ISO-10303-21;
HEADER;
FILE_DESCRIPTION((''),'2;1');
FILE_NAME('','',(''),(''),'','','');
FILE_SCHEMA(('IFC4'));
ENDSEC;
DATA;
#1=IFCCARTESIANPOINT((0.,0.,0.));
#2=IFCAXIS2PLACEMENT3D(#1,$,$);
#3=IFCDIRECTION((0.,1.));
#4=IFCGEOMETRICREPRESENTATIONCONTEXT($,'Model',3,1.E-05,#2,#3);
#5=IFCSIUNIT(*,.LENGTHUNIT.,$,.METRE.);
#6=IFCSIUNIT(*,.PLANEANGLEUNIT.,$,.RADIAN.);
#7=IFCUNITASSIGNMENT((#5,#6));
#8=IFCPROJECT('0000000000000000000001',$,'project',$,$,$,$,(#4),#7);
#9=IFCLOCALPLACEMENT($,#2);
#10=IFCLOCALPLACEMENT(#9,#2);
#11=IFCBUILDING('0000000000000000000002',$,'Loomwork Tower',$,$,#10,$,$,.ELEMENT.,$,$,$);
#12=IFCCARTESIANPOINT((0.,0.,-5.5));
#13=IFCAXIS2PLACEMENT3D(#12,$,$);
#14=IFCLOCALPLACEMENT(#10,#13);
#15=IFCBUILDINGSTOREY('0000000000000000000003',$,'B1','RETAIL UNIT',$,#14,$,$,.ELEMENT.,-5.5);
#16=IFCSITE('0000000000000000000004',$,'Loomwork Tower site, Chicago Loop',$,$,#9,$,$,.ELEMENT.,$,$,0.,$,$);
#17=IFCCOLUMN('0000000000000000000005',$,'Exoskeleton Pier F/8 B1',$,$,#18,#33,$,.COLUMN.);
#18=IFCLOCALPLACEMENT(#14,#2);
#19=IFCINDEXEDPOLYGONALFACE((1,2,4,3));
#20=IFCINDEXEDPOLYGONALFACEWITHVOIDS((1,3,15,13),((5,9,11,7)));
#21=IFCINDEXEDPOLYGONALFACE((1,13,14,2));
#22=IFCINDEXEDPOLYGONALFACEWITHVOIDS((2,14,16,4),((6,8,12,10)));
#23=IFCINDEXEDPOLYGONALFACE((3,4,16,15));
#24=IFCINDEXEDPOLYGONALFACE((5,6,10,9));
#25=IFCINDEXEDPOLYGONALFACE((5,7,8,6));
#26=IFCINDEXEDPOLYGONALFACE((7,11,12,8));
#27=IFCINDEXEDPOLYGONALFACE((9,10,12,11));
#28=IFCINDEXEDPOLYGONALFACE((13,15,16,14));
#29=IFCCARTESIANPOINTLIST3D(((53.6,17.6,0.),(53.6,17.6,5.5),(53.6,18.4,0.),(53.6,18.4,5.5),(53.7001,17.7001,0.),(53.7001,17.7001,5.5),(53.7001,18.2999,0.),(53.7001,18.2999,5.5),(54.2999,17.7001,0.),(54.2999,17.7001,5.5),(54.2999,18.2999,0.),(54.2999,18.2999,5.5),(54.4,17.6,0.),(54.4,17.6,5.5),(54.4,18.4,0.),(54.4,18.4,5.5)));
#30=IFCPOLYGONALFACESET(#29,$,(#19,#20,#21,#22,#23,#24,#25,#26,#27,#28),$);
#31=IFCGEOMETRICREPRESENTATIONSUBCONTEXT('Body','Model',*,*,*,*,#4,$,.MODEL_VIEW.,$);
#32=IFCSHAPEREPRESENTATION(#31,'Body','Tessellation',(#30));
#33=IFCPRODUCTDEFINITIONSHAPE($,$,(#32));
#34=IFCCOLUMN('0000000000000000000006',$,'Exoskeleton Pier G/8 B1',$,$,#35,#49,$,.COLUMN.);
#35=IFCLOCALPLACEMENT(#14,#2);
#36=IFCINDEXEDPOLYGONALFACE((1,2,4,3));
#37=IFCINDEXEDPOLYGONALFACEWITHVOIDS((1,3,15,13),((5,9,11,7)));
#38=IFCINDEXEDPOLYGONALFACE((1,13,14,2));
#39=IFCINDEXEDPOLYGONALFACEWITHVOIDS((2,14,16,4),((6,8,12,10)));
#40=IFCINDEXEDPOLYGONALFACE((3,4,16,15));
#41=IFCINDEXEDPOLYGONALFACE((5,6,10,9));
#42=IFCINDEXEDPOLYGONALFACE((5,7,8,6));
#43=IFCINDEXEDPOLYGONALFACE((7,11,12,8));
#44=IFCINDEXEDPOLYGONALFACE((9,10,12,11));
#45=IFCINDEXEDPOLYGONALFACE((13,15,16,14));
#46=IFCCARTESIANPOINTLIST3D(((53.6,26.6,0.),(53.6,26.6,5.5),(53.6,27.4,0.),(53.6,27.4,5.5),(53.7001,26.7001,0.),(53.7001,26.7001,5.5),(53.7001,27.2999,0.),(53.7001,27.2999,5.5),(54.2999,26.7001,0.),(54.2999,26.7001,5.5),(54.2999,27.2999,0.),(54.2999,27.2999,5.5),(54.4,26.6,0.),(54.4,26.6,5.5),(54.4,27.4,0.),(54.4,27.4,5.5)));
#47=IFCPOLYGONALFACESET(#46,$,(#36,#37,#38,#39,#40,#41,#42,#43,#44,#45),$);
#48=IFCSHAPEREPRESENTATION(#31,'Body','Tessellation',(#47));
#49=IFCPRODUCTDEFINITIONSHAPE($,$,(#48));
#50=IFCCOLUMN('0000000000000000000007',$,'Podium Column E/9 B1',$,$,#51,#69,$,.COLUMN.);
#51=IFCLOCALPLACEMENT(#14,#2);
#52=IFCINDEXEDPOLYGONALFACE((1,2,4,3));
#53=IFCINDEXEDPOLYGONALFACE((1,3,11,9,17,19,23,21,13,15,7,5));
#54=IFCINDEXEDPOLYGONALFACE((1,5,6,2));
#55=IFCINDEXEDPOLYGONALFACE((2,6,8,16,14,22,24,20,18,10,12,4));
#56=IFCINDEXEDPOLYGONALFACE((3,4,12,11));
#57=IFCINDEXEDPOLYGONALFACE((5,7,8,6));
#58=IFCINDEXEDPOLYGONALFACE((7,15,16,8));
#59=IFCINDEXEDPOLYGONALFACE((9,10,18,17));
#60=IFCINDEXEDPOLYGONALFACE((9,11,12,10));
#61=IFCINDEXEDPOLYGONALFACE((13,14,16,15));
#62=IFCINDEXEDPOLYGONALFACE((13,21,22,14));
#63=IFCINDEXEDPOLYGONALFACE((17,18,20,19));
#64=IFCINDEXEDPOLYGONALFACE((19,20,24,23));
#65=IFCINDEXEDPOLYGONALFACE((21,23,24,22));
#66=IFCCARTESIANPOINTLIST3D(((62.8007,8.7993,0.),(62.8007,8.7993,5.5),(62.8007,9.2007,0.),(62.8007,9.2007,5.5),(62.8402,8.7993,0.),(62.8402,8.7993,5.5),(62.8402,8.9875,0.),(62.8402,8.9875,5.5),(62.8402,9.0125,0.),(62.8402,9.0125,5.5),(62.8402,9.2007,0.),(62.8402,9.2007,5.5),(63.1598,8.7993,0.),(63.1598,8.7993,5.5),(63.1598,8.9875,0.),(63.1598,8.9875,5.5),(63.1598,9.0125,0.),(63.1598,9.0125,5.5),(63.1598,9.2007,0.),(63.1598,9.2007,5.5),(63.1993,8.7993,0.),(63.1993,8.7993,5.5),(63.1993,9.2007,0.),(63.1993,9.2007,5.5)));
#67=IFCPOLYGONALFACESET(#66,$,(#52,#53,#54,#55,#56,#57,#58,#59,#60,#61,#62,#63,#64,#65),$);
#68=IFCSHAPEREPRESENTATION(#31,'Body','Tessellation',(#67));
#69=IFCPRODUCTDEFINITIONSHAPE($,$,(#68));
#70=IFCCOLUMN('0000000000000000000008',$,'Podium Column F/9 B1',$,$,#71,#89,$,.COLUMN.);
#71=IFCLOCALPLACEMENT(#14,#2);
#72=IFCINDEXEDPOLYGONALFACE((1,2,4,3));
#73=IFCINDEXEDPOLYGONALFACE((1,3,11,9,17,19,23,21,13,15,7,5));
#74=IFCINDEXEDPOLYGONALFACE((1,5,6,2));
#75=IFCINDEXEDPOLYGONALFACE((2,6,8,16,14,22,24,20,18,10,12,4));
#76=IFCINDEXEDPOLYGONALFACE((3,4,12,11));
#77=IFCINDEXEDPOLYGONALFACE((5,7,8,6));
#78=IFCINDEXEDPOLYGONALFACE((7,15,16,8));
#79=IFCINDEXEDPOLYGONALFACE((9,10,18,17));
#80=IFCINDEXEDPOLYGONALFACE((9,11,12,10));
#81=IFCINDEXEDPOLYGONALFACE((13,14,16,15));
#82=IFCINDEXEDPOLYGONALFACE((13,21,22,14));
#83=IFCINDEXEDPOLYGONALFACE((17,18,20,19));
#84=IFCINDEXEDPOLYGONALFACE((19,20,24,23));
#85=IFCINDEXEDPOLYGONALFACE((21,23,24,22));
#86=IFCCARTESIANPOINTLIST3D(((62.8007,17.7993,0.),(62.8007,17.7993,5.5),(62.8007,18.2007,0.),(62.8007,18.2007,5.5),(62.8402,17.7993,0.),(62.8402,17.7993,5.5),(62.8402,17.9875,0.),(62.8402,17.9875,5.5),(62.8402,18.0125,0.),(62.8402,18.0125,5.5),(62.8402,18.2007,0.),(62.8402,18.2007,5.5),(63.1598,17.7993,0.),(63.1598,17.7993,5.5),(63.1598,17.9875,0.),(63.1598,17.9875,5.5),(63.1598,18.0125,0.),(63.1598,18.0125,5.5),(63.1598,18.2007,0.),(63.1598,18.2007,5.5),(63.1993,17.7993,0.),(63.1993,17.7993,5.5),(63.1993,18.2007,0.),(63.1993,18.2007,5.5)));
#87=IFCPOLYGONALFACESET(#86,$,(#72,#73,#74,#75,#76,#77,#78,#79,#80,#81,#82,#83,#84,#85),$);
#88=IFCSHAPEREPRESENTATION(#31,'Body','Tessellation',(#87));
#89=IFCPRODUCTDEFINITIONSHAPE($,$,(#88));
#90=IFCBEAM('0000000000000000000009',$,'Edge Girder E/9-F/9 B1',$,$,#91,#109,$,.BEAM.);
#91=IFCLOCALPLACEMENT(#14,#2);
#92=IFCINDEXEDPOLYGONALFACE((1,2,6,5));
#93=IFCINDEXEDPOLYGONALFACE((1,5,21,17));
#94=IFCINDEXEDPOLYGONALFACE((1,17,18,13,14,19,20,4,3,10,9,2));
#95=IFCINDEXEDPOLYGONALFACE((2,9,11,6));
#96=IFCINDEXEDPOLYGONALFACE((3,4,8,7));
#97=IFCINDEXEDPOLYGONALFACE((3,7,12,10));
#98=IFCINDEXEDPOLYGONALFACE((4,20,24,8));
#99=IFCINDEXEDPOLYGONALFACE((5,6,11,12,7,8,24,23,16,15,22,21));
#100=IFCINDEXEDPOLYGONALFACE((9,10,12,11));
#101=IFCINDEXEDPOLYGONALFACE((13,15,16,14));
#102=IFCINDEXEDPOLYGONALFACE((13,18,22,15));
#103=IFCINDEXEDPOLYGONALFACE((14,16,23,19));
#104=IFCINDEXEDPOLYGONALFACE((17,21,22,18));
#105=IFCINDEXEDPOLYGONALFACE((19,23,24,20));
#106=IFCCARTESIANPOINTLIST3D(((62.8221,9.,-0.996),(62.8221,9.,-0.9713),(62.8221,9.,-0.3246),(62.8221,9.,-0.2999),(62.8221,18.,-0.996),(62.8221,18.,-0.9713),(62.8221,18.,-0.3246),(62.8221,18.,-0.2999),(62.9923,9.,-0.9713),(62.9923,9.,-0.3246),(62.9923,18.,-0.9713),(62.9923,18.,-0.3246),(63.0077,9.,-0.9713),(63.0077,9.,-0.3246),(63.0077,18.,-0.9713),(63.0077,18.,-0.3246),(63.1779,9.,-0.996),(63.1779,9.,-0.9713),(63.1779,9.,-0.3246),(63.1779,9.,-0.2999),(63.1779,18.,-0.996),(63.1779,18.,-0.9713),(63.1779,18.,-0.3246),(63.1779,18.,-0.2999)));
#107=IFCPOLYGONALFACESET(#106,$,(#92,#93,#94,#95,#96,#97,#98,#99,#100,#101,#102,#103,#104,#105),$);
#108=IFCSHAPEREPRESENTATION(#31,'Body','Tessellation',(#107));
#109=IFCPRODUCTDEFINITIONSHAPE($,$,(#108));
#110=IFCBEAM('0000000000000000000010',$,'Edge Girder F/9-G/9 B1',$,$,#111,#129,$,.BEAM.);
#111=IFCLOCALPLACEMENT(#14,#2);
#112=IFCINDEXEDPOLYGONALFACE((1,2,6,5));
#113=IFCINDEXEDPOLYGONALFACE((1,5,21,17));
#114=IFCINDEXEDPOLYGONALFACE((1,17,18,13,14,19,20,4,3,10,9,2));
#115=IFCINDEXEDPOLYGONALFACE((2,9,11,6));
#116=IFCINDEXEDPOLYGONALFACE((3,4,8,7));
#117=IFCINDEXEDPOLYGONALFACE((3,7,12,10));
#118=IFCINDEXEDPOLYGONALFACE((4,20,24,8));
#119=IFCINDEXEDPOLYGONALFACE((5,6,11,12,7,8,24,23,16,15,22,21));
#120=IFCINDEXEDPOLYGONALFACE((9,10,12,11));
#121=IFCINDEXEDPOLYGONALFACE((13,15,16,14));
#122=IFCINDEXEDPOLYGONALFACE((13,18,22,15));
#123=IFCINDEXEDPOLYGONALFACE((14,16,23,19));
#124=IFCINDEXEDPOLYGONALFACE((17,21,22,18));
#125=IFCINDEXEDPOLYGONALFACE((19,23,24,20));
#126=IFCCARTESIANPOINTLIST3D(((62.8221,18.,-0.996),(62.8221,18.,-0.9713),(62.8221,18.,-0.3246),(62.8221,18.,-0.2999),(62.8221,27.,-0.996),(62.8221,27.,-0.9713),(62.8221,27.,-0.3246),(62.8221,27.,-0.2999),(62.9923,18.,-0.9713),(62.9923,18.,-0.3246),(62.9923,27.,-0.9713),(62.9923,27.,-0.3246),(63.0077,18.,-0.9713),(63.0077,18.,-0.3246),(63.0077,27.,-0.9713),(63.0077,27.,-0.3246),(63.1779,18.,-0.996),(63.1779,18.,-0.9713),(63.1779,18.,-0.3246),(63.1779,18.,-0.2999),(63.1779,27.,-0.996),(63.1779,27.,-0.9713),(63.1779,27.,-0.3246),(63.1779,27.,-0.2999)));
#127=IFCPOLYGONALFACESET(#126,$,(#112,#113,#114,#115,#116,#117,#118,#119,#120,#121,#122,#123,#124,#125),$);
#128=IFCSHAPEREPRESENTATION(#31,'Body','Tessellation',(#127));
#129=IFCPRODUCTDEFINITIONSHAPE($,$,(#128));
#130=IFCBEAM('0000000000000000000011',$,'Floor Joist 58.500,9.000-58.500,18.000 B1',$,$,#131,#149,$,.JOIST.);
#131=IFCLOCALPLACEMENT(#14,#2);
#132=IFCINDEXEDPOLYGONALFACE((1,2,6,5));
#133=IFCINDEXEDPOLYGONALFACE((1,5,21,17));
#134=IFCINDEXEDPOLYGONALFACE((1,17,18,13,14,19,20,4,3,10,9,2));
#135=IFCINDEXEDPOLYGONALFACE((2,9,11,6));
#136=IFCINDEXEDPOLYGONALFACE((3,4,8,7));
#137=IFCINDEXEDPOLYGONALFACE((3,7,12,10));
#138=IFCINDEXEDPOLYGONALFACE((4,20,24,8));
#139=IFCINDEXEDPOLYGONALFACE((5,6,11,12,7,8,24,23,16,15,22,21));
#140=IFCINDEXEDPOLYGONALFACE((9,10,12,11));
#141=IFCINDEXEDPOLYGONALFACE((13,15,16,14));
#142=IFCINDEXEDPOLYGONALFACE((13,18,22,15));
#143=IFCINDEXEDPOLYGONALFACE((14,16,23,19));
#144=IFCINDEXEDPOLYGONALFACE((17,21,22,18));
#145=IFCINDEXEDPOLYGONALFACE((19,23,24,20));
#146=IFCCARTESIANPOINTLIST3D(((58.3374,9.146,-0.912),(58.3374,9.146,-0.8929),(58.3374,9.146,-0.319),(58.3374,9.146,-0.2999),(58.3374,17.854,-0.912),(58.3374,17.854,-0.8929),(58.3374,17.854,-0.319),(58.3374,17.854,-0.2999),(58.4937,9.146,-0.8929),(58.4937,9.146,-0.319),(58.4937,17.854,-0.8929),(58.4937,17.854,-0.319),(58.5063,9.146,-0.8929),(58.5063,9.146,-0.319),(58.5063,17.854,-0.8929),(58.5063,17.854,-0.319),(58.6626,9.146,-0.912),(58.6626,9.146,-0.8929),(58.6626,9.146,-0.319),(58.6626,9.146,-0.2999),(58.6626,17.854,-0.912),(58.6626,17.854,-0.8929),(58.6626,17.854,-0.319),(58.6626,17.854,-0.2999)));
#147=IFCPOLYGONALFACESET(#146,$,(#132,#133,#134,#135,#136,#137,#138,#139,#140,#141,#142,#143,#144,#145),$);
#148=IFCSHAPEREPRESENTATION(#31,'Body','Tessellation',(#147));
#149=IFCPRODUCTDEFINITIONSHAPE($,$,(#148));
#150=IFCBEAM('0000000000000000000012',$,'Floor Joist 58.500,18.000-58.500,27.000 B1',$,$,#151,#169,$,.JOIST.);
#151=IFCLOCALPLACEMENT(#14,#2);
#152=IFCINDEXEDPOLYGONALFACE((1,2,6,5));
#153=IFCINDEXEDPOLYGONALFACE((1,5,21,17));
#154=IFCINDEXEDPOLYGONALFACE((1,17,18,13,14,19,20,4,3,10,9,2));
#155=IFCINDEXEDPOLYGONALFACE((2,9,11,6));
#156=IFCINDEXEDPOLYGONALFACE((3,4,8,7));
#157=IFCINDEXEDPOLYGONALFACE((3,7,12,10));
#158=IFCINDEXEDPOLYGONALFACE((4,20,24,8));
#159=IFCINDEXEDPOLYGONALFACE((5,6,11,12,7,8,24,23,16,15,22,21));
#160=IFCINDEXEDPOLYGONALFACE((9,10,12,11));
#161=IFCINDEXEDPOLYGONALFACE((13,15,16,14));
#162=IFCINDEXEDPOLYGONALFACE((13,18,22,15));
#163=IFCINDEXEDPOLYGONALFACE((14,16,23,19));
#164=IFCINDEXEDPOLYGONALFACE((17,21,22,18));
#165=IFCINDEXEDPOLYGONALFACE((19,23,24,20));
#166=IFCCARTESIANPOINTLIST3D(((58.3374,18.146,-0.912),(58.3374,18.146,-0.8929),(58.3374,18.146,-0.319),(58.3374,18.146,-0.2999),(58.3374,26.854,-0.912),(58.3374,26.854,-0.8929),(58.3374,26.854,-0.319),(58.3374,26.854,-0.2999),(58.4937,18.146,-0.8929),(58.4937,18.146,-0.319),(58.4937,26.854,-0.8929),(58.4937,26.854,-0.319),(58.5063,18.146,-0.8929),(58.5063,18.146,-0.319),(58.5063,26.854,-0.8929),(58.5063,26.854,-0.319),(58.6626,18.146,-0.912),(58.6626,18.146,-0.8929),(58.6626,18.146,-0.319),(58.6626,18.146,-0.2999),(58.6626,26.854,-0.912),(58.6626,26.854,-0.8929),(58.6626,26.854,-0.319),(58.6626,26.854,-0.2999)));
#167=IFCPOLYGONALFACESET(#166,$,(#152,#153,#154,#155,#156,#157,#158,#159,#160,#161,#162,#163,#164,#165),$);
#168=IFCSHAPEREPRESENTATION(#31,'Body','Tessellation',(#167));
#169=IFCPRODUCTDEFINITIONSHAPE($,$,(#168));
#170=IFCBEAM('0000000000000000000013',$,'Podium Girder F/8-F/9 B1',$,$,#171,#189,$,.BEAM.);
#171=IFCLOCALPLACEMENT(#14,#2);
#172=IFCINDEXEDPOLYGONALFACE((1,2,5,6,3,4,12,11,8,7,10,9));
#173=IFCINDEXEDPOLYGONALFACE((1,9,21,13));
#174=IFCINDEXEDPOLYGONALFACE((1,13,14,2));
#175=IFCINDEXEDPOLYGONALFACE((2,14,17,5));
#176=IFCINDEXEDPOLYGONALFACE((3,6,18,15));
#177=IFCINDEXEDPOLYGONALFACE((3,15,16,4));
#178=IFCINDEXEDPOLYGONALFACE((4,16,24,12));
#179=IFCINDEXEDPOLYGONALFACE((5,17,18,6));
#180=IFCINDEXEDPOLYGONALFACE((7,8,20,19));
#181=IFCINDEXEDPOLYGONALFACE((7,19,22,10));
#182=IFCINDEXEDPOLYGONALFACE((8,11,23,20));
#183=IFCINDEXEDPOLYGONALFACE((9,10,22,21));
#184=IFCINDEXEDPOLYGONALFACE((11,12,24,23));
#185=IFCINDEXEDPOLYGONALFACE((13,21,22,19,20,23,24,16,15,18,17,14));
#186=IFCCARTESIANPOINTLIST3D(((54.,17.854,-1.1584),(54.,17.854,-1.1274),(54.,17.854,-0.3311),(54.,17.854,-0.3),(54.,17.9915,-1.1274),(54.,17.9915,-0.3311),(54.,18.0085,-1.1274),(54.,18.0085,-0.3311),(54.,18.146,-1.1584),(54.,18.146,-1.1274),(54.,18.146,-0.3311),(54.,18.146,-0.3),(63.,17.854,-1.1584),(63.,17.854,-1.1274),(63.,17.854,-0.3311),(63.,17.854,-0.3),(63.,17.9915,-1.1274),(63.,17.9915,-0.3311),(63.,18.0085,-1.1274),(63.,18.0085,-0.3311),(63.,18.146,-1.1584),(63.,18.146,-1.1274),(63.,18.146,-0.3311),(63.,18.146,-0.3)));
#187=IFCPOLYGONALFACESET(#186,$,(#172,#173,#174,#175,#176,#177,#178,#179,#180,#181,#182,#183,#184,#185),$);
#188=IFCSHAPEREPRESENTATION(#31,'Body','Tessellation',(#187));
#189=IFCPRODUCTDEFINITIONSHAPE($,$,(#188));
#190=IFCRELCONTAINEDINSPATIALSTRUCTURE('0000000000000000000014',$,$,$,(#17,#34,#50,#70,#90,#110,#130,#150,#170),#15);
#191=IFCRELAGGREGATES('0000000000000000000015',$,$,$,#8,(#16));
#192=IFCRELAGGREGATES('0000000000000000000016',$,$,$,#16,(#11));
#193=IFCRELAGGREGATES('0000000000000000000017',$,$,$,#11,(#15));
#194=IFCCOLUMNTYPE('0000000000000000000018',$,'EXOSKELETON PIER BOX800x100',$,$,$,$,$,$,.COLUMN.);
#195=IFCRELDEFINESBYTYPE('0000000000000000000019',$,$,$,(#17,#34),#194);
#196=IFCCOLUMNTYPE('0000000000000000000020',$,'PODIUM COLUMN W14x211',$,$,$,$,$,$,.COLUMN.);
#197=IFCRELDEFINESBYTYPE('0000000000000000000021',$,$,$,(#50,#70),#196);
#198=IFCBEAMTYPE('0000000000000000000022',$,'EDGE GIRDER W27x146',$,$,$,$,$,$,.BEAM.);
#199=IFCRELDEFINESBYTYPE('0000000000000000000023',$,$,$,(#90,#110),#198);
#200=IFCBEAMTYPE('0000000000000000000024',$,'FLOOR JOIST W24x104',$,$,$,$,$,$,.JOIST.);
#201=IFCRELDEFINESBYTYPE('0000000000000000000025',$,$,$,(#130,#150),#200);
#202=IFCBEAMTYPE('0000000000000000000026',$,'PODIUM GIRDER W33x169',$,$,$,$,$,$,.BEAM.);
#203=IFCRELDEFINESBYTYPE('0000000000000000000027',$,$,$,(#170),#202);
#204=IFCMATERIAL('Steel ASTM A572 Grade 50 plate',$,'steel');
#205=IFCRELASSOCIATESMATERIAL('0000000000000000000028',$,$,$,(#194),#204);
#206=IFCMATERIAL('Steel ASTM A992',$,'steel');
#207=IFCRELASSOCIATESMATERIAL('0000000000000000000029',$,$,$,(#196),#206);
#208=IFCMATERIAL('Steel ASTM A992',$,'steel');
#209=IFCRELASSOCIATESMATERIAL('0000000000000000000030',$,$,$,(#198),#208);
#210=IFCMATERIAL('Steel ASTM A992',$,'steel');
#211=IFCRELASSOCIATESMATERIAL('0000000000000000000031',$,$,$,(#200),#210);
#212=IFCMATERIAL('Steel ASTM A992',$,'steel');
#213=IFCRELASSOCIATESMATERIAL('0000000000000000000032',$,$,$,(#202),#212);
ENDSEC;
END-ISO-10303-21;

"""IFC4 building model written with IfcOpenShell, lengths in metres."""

from ifc_helpers import new_model, si_unit, direction, frame, origin, origin_2d, place, context, subcontext, project, spatial, hollow_rectangle, i_section, extrude, material, material_profile, profile_set, type_object, element, save


model = new_model("IFC4")

# Units and contexts
model_context = context("Model", 3, precision=1e-05, world=origin(), true_north=direction((0.0, 1.0)))
body_context = subcontext(model_context, "Body", "Model", "MODEL_VIEW")
ifc_project = project(units=[si_unit("LENGTHUNIT", "METRE"), si_unit("PLANEANGLEUNIT", "RADIAN")], contexts=[model_context])

# Site, building, storey
site_placement = place(None, origin())
site = spatial("IfcSite", under=ifc_project, at=site_placement, Name="Loomwork Tower site, Chicago Loop", CompositionType="ELEMENT", RefElevation=0.0)
building_placement = place(site_placement, origin())
building = spatial("IfcBuilding", under=site, at=building_placement, Name="Loomwork Tower", CompositionType="ELEMENT")
storey_placement = place(building_placement, frame((0.0, 0.0, -5.5)))
storey = spatial("IfcBuildingStorey", under=building, at=storey_placement, Name="B1", Description="RETAIL UNIT", CompositionType="ELEMENT", Elevation=-5.5)

# Columns
ifc_material_1 = material(Name="Steel ASTM A572 Grade 50 plate", Category="steel")
ifc_material_profile_1 = material_profile(ifc_material_1, hollow_rectangle(XDim=0.8, YDim=0.8, WallThickness=0.1001, at=origin_2d()), Name="BOX800x100")
ifc_profile_set_1 = profile_set([ifc_material_profile_1], Name="Steel ASTM A572 Grade 50 plate")
column_type_1 = type_object("IfcColumnType", Name="EXOSKELETON PIER BOX800x100", PredefinedType="COLUMN", material=ifc_profile_set_1)
for number, where, z_axis, x_axis, name in (
    (1, (54.0, 18.0, 0.0), (0.0, 0.0, 1.0), (0.0, 1.0, 0.0), "Exoskeleton Pier F/8 B1"),
    (2, (54.0, 27.0, 0.0), (0.0, 0.0, 1.0), (0.0, 1.0, 0.0), "Exoskeleton Pier G/8 B1"),
):
    element("IfcColumn", number, at=place(storey_placement, frame(where, z_axis=z_axis, x_axis=x_axis)), inside=storey, type_object=column_type_1, Name=name, PredefinedType="COLUMN", context=body_context, shape_type="SweptSolid", body=[
        extrude(hollow_rectangle(XDim=0.8, YDim=0.8, WallThickness=0.1001, at=origin_2d()), origin(), (0.0, 0.0, 1.0), 5.5),
    ])
ifc_material_2 = material(Name="Steel ASTM A992", Category="steel")
ifc_material_profile_2 = material_profile(ifc_material_2, i_section(OverallWidth=0.4014, OverallDepth=0.3987, WebThickness=0.0249, FlangeThickness=0.0396, at=origin_2d()), Name="W14x211")
ifc_profile_set_2 = profile_set([ifc_material_profile_2], Name="Steel ASTM A992")
column_type_2 = type_object("IfcColumnType", Name="PODIUM COLUMN W14x211", PredefinedType="COLUMN", material=ifc_profile_set_2)
for number, where, z_axis, x_axis, name in (
    (3, (63.0, 9.0, 0.0), (0.0, 0.0, 1.0), (0.0, 1.0, 0.0), "Podium Column E/9 B1"),
    (4, (63.0, 18.0, 0.0), (0.0, 0.0, 1.0), (0.0, 1.0, 0.0), "Podium Column F/9 B1"),
):
    element("IfcColumn", number, at=place(storey_placement, frame(where, z_axis=z_axis, x_axis=x_axis)), inside=storey, type_object=column_type_2, Name=name, PredefinedType="COLUMN", context=body_context, shape_type="SweptSolid", body=[
        extrude(i_section(OverallWidth=0.4014, OverallDepth=0.3987, WebThickness=0.0249, FlangeThickness=0.0396, at=origin_2d()), origin(), (0.0, 0.0, 1.0), 5.5),
    ])

# Beams
ifc_material_3 = material(Name="Steel ASTM A992", Category="steel")
ifc_material_profile_3 = material_profile(ifc_material_3, i_section(OverallWidth=0.3557, OverallDepth=0.696, WebThickness=0.0154, FlangeThickness=0.0247, at=origin_2d()), Name="W27x146")
ifc_profile_set_3 = profile_set([ifc_material_profile_3], Name="Steel ASTM A992")
beam_type_1 = type_object("IfcBeamType", Name="EDGE GIRDER W27x146", PredefinedType="BEAM", material=ifc_profile_set_3)
for number, where, z_axis, x_axis, name in (
    (5, (63.0, 9.0, -0.6479), (0.0, 1.0, 0.0), (-1.0, 0.0, 0.0), "Edge Girder E/9-F/9 B1"),
    (6, (63.0, 18.0, -0.6479), (0.0, 1.0, 0.0), (-1.0, 0.0, 0.0), "Edge Girder F/9-G/9 B1"),
):
    element("IfcBeam", number, at=place(storey_placement, frame(where, z_axis=z_axis, x_axis=x_axis)), inside=storey, type_object=beam_type_1, Name=name, PredefinedType="BEAM", context=body_context, shape_type="SweptSolid", body=[
        extrude(i_section(OverallWidth=0.3557, OverallDepth=0.696, WebThickness=0.0154, FlangeThickness=0.0247, at=origin_2d()), origin(), (0.0, 0.0, 1.0), 9.0),
    ])
ifc_material_4 = material(Name="Steel ASTM A992", Category="steel")
ifc_material_profile_4 = material_profile(ifc_material_4, i_section(OverallWidth=0.3252, OverallDepth=0.6121, WebThickness=0.0127, FlangeThickness=0.019, at=origin_2d()), Name="W24x104")
ifc_profile_set_4 = profile_set([ifc_material_profile_4], Name="Steel ASTM A992")
beam_type_2 = type_object("IfcBeamType", Name="FLOOR JOIST W24x104", PredefinedType="JOIST", material=ifc_profile_set_4)
for number, where, z_axis, x_axis, name in (
    (7, (58.5, 9.146, -0.606), (0.0, 1.0, 0.0), (-1.0, 0.0, 0.0), "Floor Joist 58.500,9.000-58.500,18.000 B1"),
    (8, (58.5, 18.146, -0.606), (0.0, 1.0, 0.0), (-1.0, 0.0, 0.0), "Floor Joist 58.500,18.000-58.500,27.000 B1"),
):
    element("IfcBeam", number, at=place(storey_placement, frame(where, z_axis=z_axis, x_axis=x_axis)), inside=storey, type_object=beam_type_2, Name=name, PredefinedType="JOIST", context=body_context, shape_type="SweptSolid", body=[
        extrude(i_section(OverallWidth=0.3252, OverallDepth=0.6121, WebThickness=0.0127, FlangeThickness=0.019, at=origin_2d()), origin(), (0.0, 0.0, 1.0), 8.708),
    ])
ifc_material_5 = material(Name="Steel ASTM A992", Category="steel")
ifc_material_profile_5 = material_profile(ifc_material_5, i_section(OverallWidth=0.292, OverallDepth=0.8584, WebThickness=0.0171, FlangeThickness=0.031, at=origin_2d()), Name="W33x169")
ifc_profile_set_5 = profile_set([ifc_material_profile_5], Name="Steel ASTM A992")
beam_type_3 = type_object("IfcBeamType", Name="PODIUM GIRDER W33x169", PredefinedType="BEAM", material=ifc_profile_set_5)
for number, where, z_axis, x_axis, name in (
    (9, (54.0, 18.0, -0.7292), (1.0, 0.0, 0.0), (0.0, 1.0, 0.0), "Podium Girder F/8-F/9 B1"),
):
    element("IfcBeam", number, at=place(storey_placement, frame(where, z_axis=z_axis, x_axis=x_axis)), inside=storey, type_object=beam_type_3, Name=name, PredefinedType="BEAM", context=body_context, shape_type="SweptSolid", body=[
        extrude(i_section(OverallWidth=0.292, OverallDepth=0.8584, WebThickness=0.0171, FlangeThickness=0.031, at=origin_2d()), origin(), (0.0, 0.0, 1.0), 9.0),
    ])

save(model, "model.ifc")
